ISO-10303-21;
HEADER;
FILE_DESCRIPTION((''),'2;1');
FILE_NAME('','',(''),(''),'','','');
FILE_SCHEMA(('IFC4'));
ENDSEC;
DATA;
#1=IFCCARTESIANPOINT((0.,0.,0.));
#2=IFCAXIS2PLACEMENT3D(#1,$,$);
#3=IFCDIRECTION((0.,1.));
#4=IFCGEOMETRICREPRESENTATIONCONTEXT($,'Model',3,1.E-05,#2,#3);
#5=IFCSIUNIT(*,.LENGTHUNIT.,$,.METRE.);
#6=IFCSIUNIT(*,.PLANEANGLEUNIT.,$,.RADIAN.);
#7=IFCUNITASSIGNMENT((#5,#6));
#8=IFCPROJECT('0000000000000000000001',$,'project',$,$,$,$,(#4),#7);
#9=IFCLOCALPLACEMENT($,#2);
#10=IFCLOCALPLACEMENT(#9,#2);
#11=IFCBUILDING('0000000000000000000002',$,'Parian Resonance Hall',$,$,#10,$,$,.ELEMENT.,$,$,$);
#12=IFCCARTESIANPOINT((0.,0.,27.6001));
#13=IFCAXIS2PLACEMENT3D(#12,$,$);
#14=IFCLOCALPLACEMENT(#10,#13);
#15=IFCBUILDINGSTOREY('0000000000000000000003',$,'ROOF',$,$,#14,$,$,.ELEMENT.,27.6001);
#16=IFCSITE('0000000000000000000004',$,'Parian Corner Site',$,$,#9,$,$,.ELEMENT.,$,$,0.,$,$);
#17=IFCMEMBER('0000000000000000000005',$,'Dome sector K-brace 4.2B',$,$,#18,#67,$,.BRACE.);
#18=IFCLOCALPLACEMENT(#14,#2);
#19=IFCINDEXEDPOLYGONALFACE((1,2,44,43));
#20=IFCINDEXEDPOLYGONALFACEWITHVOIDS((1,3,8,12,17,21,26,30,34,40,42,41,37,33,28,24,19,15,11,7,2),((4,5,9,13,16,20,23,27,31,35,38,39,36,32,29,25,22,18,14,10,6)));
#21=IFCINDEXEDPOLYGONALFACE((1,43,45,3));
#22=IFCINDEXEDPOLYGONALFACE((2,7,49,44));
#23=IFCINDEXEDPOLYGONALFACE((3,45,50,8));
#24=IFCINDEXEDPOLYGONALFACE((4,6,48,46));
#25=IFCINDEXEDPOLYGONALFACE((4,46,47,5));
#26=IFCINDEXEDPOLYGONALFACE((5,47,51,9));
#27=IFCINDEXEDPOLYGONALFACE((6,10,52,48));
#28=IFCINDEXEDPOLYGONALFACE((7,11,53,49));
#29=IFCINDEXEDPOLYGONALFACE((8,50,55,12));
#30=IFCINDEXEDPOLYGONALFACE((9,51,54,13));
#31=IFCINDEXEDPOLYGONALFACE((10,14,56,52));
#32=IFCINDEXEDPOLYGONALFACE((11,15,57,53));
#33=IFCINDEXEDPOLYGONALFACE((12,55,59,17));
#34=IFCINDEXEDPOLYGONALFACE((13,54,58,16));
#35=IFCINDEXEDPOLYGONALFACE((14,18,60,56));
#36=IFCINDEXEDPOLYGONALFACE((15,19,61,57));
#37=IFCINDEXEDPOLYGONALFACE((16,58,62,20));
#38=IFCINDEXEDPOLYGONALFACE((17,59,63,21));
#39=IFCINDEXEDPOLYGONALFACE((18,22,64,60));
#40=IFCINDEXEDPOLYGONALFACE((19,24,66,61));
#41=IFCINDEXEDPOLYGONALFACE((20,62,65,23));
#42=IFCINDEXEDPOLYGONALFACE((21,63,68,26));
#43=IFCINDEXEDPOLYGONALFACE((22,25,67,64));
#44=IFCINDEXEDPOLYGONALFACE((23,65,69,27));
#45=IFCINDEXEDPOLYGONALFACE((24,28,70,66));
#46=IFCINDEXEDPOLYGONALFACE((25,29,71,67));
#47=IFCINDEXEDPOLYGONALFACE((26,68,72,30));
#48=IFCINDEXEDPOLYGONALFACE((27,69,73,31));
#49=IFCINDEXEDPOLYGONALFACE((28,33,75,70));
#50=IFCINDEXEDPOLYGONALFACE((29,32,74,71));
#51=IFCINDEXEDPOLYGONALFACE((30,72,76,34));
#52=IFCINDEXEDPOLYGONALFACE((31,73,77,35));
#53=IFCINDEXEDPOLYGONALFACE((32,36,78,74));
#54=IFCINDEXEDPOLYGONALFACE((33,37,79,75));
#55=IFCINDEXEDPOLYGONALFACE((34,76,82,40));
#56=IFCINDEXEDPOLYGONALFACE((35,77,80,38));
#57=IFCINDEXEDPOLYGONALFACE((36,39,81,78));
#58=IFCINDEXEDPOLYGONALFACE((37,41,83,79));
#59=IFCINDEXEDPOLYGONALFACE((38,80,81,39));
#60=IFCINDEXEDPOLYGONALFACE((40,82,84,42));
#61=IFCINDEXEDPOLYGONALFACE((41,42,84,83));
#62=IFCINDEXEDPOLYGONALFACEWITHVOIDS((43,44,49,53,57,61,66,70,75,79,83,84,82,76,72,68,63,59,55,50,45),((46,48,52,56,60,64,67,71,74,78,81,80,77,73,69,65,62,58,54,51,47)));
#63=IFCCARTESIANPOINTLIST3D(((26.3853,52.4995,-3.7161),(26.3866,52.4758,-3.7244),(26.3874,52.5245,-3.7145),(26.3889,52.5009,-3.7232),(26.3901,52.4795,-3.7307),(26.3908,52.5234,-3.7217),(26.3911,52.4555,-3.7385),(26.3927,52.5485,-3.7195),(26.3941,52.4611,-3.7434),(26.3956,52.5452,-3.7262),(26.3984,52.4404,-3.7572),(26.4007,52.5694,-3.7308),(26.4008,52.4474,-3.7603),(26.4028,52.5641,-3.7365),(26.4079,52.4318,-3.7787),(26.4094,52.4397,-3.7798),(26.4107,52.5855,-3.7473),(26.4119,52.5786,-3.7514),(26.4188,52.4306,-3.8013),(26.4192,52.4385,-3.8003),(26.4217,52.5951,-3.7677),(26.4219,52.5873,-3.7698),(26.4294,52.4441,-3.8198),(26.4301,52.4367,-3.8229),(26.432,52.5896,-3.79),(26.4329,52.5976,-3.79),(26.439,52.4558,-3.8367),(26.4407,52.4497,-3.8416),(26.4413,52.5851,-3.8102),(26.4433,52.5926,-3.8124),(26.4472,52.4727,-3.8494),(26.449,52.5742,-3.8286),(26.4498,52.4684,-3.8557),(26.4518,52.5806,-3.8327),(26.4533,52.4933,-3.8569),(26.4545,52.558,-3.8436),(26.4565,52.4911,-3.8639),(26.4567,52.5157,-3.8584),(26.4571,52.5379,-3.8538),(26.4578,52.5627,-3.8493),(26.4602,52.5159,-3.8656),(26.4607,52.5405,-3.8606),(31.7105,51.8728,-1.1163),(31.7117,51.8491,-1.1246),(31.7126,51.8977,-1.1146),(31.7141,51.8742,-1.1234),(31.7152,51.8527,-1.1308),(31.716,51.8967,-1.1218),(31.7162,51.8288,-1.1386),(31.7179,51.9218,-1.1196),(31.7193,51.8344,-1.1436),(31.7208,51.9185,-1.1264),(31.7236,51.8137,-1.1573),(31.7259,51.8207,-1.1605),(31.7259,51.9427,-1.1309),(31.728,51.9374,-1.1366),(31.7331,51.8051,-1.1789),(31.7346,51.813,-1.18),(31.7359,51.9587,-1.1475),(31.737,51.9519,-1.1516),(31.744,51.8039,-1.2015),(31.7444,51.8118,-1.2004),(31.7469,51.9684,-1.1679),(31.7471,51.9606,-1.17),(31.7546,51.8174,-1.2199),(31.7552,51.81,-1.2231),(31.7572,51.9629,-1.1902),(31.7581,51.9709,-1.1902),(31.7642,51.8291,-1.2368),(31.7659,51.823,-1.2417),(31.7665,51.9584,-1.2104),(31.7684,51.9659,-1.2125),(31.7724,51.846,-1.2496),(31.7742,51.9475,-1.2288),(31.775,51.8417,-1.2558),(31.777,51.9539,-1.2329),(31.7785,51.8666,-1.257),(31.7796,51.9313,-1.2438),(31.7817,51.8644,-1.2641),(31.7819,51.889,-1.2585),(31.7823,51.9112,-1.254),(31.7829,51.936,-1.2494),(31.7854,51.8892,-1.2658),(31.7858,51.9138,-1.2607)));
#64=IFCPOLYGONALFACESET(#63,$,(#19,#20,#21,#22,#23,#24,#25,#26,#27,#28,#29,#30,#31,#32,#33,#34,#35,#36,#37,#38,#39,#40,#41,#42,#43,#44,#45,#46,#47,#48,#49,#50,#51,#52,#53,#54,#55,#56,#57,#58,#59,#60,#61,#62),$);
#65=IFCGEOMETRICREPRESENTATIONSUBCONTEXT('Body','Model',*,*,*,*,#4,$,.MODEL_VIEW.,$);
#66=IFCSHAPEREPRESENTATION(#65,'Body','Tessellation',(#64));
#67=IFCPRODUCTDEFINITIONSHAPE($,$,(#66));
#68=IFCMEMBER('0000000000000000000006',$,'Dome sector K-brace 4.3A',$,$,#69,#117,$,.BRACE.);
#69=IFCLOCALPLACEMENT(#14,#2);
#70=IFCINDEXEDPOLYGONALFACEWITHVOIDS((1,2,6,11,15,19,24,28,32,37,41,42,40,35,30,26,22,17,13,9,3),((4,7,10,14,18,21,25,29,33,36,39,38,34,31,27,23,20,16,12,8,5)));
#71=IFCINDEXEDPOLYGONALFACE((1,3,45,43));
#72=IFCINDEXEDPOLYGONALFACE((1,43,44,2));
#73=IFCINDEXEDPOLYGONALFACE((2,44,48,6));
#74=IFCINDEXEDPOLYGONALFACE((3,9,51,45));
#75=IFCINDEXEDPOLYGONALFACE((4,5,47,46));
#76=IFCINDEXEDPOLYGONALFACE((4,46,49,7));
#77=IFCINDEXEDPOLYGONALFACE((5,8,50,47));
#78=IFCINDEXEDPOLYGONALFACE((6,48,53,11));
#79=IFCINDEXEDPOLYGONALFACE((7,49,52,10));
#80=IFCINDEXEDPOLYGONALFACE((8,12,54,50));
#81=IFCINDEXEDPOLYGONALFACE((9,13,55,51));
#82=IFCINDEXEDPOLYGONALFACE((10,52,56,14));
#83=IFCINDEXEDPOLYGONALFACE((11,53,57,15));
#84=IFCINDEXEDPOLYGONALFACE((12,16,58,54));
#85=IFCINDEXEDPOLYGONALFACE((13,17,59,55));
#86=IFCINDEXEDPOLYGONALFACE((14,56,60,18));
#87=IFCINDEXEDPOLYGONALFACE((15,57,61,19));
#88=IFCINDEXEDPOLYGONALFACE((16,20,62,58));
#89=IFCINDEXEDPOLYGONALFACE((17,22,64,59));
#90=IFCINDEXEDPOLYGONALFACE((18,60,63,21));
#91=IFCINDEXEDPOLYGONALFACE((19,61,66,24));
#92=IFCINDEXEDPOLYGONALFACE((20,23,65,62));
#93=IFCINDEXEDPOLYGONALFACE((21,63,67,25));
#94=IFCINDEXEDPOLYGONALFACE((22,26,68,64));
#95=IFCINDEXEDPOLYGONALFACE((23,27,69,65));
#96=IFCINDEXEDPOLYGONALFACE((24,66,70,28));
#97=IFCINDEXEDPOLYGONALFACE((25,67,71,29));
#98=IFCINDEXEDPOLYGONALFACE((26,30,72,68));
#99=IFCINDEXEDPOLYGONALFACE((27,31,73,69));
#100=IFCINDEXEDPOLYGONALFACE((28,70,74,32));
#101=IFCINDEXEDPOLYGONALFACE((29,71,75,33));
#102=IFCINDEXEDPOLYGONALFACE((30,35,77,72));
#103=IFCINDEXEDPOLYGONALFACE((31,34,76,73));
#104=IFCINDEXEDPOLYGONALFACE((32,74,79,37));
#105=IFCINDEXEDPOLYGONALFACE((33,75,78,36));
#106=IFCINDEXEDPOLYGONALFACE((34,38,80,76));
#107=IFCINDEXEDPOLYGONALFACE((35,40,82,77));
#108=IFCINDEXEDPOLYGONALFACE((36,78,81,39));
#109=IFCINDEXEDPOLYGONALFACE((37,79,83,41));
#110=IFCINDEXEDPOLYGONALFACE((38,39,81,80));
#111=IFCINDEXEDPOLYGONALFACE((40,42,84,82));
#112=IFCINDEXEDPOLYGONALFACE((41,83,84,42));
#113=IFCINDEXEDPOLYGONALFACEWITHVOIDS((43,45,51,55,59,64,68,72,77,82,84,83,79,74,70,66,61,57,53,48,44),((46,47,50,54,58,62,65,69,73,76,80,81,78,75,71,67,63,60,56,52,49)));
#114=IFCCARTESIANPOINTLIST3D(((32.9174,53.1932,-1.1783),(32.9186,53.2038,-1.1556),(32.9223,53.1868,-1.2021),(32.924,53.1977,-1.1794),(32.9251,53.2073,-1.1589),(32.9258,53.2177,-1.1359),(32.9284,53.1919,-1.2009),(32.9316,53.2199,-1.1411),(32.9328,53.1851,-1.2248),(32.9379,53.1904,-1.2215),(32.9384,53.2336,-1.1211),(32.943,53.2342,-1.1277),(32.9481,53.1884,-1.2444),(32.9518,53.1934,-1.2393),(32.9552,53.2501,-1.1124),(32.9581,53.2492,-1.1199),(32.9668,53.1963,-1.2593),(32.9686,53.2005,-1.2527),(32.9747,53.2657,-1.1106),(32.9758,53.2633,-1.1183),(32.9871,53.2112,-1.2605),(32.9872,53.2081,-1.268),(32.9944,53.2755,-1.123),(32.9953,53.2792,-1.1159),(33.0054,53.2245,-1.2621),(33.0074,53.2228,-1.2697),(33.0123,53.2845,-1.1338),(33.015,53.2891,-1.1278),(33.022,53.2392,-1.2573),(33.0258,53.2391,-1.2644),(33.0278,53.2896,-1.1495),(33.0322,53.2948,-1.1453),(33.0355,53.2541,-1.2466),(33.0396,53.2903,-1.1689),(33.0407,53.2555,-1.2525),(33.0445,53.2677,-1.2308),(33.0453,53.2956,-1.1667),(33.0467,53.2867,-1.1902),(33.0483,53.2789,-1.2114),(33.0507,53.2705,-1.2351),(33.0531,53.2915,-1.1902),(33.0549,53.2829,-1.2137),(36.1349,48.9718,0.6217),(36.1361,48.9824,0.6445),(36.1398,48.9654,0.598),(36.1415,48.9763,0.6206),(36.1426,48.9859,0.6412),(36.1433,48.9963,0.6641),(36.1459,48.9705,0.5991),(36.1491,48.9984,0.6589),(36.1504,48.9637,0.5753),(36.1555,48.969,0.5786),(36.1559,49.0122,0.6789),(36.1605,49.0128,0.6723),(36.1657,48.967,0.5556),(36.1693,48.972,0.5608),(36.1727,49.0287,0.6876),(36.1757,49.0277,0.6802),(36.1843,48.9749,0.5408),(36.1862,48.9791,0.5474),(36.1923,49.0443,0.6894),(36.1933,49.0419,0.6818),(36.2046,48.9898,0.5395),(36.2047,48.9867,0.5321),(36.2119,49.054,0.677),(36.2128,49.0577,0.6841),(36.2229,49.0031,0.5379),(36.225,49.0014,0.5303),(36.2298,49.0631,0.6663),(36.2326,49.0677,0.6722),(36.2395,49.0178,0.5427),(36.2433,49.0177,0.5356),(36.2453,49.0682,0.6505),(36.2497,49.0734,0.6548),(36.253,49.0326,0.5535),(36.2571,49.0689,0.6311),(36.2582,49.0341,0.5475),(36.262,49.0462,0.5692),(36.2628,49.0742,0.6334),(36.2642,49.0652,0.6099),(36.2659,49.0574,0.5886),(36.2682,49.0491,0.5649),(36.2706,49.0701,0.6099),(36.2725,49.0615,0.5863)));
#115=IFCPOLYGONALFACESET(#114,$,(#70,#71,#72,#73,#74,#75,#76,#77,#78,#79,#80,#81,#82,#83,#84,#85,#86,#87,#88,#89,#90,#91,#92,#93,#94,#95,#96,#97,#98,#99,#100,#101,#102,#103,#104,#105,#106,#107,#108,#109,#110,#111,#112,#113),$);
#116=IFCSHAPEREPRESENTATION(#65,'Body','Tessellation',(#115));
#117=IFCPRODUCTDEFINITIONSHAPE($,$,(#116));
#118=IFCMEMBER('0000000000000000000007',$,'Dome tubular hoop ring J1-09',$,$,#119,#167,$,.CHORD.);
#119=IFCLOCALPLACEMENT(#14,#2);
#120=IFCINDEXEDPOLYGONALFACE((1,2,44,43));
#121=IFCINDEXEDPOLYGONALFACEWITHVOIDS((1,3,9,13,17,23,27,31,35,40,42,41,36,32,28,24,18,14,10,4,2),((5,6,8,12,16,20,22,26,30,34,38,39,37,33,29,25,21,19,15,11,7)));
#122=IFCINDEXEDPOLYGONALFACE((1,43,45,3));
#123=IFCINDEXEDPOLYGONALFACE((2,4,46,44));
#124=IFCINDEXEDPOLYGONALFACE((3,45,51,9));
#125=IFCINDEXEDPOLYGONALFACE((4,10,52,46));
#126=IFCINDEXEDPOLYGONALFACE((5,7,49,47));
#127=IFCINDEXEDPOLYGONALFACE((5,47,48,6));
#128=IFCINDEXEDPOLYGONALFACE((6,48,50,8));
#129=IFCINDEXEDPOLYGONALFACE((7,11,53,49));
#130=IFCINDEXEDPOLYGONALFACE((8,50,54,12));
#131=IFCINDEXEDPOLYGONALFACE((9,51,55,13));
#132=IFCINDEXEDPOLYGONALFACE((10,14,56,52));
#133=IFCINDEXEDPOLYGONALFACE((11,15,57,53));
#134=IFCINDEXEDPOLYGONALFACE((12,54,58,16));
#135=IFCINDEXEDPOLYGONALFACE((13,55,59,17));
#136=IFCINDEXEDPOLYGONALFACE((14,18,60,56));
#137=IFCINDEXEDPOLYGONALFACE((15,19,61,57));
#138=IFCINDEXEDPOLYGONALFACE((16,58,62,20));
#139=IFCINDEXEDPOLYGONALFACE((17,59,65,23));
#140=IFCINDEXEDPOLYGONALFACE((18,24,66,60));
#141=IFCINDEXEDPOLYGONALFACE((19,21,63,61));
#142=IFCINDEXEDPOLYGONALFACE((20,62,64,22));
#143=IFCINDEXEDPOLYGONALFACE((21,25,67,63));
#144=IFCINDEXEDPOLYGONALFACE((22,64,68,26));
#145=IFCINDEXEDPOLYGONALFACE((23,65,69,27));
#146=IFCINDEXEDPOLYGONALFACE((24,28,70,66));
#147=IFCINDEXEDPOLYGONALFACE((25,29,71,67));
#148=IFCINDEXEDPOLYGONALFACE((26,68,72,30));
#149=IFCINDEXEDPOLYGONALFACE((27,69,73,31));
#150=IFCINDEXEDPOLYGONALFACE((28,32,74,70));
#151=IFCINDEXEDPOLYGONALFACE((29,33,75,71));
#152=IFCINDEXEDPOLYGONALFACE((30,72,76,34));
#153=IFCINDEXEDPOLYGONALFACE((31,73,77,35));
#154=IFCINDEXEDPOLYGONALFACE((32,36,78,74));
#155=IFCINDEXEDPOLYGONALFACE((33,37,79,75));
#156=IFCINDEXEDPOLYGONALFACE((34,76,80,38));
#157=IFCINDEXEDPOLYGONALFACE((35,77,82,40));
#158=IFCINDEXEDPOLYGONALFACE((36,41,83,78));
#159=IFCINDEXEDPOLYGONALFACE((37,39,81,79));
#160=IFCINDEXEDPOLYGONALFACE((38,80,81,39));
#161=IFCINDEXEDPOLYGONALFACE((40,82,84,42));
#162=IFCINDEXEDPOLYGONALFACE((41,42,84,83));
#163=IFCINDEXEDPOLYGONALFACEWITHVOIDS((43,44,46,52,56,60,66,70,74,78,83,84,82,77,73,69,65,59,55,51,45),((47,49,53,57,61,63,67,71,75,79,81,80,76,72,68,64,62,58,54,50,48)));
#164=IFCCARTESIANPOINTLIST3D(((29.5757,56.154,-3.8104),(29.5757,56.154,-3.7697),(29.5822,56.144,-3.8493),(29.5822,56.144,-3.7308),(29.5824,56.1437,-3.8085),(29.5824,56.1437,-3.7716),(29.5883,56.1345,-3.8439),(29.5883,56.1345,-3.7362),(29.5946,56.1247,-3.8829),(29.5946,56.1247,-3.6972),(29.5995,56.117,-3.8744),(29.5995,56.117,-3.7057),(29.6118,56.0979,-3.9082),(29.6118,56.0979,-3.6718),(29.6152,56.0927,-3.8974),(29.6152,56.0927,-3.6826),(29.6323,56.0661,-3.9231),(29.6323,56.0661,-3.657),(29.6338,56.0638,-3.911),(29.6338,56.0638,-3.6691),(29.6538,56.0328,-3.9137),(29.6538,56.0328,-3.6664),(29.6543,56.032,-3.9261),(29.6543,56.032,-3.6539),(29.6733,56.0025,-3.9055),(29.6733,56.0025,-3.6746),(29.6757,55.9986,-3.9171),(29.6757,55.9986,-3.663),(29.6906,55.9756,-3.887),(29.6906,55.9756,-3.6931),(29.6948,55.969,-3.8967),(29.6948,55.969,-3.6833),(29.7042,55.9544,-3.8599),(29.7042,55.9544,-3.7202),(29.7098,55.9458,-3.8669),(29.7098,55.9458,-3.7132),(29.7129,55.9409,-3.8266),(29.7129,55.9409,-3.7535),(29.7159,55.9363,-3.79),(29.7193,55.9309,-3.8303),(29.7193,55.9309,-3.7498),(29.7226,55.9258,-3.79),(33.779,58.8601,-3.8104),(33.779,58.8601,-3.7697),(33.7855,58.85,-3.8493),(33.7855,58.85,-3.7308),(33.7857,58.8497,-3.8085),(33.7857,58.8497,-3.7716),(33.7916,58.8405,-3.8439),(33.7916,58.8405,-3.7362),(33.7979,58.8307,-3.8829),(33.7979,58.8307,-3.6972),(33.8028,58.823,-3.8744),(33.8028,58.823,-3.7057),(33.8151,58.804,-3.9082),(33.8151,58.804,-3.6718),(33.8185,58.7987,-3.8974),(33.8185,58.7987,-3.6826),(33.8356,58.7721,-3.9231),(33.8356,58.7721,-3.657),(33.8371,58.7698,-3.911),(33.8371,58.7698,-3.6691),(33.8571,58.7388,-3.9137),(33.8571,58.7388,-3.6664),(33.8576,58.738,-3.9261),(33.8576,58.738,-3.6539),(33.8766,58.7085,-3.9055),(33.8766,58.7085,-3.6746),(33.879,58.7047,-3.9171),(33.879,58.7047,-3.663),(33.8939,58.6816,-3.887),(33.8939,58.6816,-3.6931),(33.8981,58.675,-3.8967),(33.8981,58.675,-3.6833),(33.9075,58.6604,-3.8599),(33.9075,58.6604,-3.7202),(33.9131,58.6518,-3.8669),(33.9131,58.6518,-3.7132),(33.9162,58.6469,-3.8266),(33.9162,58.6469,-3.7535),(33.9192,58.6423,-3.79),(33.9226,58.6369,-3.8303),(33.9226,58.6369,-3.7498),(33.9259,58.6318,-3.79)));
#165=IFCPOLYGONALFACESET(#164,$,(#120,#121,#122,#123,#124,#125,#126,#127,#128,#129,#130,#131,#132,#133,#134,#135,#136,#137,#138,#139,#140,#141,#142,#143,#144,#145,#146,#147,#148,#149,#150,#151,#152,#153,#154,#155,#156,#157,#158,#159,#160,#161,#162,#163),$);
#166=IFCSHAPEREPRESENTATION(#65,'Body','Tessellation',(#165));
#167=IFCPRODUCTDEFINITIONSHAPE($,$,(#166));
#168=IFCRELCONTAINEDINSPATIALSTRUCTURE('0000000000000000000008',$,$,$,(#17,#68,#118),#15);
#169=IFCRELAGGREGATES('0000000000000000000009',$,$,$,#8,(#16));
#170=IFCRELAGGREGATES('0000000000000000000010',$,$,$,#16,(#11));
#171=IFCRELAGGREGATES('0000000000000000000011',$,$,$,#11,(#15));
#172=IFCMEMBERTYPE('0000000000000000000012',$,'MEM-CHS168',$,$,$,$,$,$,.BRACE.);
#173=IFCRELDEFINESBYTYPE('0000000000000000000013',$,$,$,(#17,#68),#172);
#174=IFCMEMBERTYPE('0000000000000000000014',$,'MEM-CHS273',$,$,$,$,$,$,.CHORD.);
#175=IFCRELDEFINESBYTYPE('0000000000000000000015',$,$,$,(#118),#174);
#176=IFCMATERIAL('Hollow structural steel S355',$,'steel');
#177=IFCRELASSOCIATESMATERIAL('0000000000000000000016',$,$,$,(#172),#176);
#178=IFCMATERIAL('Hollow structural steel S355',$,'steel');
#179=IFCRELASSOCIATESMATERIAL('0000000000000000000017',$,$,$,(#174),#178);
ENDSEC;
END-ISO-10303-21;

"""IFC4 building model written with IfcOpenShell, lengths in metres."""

from ifc_helpers import new_model, si_unit, direction, frame, origin, origin_2d, place, context, subcontext, project, spatial, hollow_circle, extrude, material, material_profile, profile_set, type_object, element, save


model = new_model("IFC4")

# Units and contexts
model_context = context("Model", 3, precision=1e-05, world=origin(), true_north=direction((0.0, 1.0)))
body_context = subcontext(model_context, "Body", "Model", "MODEL_VIEW")
ifc_project = project(units=[si_unit("LENGTHUNIT", "METRE"), si_unit("PLANEANGLEUNIT", "RADIAN")], contexts=[model_context])

# Site, building, storey
site_placement = place(None, origin())
site = spatial("IfcSite", under=ifc_project, at=site_placement, Name="Parian Corner Site", CompositionType="ELEMENT", RefElevation=0.0)
building_placement = place(site_placement, origin())
building = spatial("IfcBuilding", under=site, at=building_placement, Name="Parian Resonance Hall", CompositionType="ELEMENT")
storey_placement = place(building_placement, frame((0.0, 0.0, 27.6001)))
storey = spatial("IfcBuildingStorey", under=building, at=storey_placement, Name="ROOF", CompositionType="ELEMENT", Elevation=27.6001)

# Members
ifc_material_1 = material(Name="Hollow structural steel S355", Category="steel")
ifc_material_profile_1 = material_profile(ifc_material_1, hollow_circle(Radius=0.0842, WallThickness=0.0081, at=origin_2d()), Name="CHS168.3x8")
ifc_profile_set_1 = profile_set([ifc_material_profile_1], Name="Hollow structural steel S355")
member_type_1 = type_object("IfcMemberType", Name="MEM-CHS168", PredefinedType="BRACE", material=ifc_profile_set_1)
member_1_placement = place(storey_placement, frame((26.4231, 52.5139, -3.79), z_axis=(0.893639, -0.10517, 0.43629), x_axis=(0.116881, 0.993146, 0.0)))
element("IfcMember", 1, at=member_1_placement, inside=storey, type_object=member_type_1, Name="Dome sector K-brace 4.2B", PredefinedType="BRACE", context=body_context, shape_type="SweptSolid", body=[
    extrude(hollow_circle(Radius=0.0842, WallThickness=0.0081, at=origin_2d()), origin(), (0.0, 0.0, 1.0), 5.959),
])
member_2_placement = place(storey_placement, frame((32.9861, 53.2405, -1.1902), z_axis=(0.574072, -0.753189, 0.321165), x_axis=(0.795323, 0.606186, 0.0)))
element("IfcMember", 2, at=member_2_placement, inside=storey, type_object=member_type_1, Name="Dome sector K-brace 4.3A", PredefinedType="BRACE", context=body_context, shape_type="SweptSolid", body=[
    extrude(hollow_circle(Radius=0.0842, WallThickness=0.0081, at=origin_2d()), origin(), (0.0, 0.0, 1.0), 5.6047),
])
ifc_material_2 = material(Name="Hollow structural steel S355", Category="steel")
ifc_material_profile_2 = material_profile(ifc_material_2, hollow_circle(Radius=0.1365, WallThickness=0.0125, at=origin_2d()), Name="CHS273x12.5")
ifc_profile_set_2 = profile_set([ifc_material_profile_2], Name="Hollow structural steel S355")
member_type_2 = type_object("IfcMemberType", Name="MEM-CHS273", PredefinedType="CHORD", material=ifc_profile_set_2)
member_3_placement = place(storey_placement, frame((33.8521, 58.7466, -3.79), z_axis=(-0.840824, -0.541308, 0.0), x_axis=(0.541308, -0.840824, 0.0)))
element("IfcMember", 3, at=member_3_placement, inside=storey, type_object=member_type_2, Name="Dome tubular hoop ring J1-09", PredefinedType="CHORD", context=body_context, shape_type="SweptSolid", body=[
    extrude(hollow_circle(Radius=0.1365, WallThickness=0.0125, at=origin_2d()), origin(), (0.0, 0.0, 1.0), 4.999),
])

save(model, "model.ifc")
